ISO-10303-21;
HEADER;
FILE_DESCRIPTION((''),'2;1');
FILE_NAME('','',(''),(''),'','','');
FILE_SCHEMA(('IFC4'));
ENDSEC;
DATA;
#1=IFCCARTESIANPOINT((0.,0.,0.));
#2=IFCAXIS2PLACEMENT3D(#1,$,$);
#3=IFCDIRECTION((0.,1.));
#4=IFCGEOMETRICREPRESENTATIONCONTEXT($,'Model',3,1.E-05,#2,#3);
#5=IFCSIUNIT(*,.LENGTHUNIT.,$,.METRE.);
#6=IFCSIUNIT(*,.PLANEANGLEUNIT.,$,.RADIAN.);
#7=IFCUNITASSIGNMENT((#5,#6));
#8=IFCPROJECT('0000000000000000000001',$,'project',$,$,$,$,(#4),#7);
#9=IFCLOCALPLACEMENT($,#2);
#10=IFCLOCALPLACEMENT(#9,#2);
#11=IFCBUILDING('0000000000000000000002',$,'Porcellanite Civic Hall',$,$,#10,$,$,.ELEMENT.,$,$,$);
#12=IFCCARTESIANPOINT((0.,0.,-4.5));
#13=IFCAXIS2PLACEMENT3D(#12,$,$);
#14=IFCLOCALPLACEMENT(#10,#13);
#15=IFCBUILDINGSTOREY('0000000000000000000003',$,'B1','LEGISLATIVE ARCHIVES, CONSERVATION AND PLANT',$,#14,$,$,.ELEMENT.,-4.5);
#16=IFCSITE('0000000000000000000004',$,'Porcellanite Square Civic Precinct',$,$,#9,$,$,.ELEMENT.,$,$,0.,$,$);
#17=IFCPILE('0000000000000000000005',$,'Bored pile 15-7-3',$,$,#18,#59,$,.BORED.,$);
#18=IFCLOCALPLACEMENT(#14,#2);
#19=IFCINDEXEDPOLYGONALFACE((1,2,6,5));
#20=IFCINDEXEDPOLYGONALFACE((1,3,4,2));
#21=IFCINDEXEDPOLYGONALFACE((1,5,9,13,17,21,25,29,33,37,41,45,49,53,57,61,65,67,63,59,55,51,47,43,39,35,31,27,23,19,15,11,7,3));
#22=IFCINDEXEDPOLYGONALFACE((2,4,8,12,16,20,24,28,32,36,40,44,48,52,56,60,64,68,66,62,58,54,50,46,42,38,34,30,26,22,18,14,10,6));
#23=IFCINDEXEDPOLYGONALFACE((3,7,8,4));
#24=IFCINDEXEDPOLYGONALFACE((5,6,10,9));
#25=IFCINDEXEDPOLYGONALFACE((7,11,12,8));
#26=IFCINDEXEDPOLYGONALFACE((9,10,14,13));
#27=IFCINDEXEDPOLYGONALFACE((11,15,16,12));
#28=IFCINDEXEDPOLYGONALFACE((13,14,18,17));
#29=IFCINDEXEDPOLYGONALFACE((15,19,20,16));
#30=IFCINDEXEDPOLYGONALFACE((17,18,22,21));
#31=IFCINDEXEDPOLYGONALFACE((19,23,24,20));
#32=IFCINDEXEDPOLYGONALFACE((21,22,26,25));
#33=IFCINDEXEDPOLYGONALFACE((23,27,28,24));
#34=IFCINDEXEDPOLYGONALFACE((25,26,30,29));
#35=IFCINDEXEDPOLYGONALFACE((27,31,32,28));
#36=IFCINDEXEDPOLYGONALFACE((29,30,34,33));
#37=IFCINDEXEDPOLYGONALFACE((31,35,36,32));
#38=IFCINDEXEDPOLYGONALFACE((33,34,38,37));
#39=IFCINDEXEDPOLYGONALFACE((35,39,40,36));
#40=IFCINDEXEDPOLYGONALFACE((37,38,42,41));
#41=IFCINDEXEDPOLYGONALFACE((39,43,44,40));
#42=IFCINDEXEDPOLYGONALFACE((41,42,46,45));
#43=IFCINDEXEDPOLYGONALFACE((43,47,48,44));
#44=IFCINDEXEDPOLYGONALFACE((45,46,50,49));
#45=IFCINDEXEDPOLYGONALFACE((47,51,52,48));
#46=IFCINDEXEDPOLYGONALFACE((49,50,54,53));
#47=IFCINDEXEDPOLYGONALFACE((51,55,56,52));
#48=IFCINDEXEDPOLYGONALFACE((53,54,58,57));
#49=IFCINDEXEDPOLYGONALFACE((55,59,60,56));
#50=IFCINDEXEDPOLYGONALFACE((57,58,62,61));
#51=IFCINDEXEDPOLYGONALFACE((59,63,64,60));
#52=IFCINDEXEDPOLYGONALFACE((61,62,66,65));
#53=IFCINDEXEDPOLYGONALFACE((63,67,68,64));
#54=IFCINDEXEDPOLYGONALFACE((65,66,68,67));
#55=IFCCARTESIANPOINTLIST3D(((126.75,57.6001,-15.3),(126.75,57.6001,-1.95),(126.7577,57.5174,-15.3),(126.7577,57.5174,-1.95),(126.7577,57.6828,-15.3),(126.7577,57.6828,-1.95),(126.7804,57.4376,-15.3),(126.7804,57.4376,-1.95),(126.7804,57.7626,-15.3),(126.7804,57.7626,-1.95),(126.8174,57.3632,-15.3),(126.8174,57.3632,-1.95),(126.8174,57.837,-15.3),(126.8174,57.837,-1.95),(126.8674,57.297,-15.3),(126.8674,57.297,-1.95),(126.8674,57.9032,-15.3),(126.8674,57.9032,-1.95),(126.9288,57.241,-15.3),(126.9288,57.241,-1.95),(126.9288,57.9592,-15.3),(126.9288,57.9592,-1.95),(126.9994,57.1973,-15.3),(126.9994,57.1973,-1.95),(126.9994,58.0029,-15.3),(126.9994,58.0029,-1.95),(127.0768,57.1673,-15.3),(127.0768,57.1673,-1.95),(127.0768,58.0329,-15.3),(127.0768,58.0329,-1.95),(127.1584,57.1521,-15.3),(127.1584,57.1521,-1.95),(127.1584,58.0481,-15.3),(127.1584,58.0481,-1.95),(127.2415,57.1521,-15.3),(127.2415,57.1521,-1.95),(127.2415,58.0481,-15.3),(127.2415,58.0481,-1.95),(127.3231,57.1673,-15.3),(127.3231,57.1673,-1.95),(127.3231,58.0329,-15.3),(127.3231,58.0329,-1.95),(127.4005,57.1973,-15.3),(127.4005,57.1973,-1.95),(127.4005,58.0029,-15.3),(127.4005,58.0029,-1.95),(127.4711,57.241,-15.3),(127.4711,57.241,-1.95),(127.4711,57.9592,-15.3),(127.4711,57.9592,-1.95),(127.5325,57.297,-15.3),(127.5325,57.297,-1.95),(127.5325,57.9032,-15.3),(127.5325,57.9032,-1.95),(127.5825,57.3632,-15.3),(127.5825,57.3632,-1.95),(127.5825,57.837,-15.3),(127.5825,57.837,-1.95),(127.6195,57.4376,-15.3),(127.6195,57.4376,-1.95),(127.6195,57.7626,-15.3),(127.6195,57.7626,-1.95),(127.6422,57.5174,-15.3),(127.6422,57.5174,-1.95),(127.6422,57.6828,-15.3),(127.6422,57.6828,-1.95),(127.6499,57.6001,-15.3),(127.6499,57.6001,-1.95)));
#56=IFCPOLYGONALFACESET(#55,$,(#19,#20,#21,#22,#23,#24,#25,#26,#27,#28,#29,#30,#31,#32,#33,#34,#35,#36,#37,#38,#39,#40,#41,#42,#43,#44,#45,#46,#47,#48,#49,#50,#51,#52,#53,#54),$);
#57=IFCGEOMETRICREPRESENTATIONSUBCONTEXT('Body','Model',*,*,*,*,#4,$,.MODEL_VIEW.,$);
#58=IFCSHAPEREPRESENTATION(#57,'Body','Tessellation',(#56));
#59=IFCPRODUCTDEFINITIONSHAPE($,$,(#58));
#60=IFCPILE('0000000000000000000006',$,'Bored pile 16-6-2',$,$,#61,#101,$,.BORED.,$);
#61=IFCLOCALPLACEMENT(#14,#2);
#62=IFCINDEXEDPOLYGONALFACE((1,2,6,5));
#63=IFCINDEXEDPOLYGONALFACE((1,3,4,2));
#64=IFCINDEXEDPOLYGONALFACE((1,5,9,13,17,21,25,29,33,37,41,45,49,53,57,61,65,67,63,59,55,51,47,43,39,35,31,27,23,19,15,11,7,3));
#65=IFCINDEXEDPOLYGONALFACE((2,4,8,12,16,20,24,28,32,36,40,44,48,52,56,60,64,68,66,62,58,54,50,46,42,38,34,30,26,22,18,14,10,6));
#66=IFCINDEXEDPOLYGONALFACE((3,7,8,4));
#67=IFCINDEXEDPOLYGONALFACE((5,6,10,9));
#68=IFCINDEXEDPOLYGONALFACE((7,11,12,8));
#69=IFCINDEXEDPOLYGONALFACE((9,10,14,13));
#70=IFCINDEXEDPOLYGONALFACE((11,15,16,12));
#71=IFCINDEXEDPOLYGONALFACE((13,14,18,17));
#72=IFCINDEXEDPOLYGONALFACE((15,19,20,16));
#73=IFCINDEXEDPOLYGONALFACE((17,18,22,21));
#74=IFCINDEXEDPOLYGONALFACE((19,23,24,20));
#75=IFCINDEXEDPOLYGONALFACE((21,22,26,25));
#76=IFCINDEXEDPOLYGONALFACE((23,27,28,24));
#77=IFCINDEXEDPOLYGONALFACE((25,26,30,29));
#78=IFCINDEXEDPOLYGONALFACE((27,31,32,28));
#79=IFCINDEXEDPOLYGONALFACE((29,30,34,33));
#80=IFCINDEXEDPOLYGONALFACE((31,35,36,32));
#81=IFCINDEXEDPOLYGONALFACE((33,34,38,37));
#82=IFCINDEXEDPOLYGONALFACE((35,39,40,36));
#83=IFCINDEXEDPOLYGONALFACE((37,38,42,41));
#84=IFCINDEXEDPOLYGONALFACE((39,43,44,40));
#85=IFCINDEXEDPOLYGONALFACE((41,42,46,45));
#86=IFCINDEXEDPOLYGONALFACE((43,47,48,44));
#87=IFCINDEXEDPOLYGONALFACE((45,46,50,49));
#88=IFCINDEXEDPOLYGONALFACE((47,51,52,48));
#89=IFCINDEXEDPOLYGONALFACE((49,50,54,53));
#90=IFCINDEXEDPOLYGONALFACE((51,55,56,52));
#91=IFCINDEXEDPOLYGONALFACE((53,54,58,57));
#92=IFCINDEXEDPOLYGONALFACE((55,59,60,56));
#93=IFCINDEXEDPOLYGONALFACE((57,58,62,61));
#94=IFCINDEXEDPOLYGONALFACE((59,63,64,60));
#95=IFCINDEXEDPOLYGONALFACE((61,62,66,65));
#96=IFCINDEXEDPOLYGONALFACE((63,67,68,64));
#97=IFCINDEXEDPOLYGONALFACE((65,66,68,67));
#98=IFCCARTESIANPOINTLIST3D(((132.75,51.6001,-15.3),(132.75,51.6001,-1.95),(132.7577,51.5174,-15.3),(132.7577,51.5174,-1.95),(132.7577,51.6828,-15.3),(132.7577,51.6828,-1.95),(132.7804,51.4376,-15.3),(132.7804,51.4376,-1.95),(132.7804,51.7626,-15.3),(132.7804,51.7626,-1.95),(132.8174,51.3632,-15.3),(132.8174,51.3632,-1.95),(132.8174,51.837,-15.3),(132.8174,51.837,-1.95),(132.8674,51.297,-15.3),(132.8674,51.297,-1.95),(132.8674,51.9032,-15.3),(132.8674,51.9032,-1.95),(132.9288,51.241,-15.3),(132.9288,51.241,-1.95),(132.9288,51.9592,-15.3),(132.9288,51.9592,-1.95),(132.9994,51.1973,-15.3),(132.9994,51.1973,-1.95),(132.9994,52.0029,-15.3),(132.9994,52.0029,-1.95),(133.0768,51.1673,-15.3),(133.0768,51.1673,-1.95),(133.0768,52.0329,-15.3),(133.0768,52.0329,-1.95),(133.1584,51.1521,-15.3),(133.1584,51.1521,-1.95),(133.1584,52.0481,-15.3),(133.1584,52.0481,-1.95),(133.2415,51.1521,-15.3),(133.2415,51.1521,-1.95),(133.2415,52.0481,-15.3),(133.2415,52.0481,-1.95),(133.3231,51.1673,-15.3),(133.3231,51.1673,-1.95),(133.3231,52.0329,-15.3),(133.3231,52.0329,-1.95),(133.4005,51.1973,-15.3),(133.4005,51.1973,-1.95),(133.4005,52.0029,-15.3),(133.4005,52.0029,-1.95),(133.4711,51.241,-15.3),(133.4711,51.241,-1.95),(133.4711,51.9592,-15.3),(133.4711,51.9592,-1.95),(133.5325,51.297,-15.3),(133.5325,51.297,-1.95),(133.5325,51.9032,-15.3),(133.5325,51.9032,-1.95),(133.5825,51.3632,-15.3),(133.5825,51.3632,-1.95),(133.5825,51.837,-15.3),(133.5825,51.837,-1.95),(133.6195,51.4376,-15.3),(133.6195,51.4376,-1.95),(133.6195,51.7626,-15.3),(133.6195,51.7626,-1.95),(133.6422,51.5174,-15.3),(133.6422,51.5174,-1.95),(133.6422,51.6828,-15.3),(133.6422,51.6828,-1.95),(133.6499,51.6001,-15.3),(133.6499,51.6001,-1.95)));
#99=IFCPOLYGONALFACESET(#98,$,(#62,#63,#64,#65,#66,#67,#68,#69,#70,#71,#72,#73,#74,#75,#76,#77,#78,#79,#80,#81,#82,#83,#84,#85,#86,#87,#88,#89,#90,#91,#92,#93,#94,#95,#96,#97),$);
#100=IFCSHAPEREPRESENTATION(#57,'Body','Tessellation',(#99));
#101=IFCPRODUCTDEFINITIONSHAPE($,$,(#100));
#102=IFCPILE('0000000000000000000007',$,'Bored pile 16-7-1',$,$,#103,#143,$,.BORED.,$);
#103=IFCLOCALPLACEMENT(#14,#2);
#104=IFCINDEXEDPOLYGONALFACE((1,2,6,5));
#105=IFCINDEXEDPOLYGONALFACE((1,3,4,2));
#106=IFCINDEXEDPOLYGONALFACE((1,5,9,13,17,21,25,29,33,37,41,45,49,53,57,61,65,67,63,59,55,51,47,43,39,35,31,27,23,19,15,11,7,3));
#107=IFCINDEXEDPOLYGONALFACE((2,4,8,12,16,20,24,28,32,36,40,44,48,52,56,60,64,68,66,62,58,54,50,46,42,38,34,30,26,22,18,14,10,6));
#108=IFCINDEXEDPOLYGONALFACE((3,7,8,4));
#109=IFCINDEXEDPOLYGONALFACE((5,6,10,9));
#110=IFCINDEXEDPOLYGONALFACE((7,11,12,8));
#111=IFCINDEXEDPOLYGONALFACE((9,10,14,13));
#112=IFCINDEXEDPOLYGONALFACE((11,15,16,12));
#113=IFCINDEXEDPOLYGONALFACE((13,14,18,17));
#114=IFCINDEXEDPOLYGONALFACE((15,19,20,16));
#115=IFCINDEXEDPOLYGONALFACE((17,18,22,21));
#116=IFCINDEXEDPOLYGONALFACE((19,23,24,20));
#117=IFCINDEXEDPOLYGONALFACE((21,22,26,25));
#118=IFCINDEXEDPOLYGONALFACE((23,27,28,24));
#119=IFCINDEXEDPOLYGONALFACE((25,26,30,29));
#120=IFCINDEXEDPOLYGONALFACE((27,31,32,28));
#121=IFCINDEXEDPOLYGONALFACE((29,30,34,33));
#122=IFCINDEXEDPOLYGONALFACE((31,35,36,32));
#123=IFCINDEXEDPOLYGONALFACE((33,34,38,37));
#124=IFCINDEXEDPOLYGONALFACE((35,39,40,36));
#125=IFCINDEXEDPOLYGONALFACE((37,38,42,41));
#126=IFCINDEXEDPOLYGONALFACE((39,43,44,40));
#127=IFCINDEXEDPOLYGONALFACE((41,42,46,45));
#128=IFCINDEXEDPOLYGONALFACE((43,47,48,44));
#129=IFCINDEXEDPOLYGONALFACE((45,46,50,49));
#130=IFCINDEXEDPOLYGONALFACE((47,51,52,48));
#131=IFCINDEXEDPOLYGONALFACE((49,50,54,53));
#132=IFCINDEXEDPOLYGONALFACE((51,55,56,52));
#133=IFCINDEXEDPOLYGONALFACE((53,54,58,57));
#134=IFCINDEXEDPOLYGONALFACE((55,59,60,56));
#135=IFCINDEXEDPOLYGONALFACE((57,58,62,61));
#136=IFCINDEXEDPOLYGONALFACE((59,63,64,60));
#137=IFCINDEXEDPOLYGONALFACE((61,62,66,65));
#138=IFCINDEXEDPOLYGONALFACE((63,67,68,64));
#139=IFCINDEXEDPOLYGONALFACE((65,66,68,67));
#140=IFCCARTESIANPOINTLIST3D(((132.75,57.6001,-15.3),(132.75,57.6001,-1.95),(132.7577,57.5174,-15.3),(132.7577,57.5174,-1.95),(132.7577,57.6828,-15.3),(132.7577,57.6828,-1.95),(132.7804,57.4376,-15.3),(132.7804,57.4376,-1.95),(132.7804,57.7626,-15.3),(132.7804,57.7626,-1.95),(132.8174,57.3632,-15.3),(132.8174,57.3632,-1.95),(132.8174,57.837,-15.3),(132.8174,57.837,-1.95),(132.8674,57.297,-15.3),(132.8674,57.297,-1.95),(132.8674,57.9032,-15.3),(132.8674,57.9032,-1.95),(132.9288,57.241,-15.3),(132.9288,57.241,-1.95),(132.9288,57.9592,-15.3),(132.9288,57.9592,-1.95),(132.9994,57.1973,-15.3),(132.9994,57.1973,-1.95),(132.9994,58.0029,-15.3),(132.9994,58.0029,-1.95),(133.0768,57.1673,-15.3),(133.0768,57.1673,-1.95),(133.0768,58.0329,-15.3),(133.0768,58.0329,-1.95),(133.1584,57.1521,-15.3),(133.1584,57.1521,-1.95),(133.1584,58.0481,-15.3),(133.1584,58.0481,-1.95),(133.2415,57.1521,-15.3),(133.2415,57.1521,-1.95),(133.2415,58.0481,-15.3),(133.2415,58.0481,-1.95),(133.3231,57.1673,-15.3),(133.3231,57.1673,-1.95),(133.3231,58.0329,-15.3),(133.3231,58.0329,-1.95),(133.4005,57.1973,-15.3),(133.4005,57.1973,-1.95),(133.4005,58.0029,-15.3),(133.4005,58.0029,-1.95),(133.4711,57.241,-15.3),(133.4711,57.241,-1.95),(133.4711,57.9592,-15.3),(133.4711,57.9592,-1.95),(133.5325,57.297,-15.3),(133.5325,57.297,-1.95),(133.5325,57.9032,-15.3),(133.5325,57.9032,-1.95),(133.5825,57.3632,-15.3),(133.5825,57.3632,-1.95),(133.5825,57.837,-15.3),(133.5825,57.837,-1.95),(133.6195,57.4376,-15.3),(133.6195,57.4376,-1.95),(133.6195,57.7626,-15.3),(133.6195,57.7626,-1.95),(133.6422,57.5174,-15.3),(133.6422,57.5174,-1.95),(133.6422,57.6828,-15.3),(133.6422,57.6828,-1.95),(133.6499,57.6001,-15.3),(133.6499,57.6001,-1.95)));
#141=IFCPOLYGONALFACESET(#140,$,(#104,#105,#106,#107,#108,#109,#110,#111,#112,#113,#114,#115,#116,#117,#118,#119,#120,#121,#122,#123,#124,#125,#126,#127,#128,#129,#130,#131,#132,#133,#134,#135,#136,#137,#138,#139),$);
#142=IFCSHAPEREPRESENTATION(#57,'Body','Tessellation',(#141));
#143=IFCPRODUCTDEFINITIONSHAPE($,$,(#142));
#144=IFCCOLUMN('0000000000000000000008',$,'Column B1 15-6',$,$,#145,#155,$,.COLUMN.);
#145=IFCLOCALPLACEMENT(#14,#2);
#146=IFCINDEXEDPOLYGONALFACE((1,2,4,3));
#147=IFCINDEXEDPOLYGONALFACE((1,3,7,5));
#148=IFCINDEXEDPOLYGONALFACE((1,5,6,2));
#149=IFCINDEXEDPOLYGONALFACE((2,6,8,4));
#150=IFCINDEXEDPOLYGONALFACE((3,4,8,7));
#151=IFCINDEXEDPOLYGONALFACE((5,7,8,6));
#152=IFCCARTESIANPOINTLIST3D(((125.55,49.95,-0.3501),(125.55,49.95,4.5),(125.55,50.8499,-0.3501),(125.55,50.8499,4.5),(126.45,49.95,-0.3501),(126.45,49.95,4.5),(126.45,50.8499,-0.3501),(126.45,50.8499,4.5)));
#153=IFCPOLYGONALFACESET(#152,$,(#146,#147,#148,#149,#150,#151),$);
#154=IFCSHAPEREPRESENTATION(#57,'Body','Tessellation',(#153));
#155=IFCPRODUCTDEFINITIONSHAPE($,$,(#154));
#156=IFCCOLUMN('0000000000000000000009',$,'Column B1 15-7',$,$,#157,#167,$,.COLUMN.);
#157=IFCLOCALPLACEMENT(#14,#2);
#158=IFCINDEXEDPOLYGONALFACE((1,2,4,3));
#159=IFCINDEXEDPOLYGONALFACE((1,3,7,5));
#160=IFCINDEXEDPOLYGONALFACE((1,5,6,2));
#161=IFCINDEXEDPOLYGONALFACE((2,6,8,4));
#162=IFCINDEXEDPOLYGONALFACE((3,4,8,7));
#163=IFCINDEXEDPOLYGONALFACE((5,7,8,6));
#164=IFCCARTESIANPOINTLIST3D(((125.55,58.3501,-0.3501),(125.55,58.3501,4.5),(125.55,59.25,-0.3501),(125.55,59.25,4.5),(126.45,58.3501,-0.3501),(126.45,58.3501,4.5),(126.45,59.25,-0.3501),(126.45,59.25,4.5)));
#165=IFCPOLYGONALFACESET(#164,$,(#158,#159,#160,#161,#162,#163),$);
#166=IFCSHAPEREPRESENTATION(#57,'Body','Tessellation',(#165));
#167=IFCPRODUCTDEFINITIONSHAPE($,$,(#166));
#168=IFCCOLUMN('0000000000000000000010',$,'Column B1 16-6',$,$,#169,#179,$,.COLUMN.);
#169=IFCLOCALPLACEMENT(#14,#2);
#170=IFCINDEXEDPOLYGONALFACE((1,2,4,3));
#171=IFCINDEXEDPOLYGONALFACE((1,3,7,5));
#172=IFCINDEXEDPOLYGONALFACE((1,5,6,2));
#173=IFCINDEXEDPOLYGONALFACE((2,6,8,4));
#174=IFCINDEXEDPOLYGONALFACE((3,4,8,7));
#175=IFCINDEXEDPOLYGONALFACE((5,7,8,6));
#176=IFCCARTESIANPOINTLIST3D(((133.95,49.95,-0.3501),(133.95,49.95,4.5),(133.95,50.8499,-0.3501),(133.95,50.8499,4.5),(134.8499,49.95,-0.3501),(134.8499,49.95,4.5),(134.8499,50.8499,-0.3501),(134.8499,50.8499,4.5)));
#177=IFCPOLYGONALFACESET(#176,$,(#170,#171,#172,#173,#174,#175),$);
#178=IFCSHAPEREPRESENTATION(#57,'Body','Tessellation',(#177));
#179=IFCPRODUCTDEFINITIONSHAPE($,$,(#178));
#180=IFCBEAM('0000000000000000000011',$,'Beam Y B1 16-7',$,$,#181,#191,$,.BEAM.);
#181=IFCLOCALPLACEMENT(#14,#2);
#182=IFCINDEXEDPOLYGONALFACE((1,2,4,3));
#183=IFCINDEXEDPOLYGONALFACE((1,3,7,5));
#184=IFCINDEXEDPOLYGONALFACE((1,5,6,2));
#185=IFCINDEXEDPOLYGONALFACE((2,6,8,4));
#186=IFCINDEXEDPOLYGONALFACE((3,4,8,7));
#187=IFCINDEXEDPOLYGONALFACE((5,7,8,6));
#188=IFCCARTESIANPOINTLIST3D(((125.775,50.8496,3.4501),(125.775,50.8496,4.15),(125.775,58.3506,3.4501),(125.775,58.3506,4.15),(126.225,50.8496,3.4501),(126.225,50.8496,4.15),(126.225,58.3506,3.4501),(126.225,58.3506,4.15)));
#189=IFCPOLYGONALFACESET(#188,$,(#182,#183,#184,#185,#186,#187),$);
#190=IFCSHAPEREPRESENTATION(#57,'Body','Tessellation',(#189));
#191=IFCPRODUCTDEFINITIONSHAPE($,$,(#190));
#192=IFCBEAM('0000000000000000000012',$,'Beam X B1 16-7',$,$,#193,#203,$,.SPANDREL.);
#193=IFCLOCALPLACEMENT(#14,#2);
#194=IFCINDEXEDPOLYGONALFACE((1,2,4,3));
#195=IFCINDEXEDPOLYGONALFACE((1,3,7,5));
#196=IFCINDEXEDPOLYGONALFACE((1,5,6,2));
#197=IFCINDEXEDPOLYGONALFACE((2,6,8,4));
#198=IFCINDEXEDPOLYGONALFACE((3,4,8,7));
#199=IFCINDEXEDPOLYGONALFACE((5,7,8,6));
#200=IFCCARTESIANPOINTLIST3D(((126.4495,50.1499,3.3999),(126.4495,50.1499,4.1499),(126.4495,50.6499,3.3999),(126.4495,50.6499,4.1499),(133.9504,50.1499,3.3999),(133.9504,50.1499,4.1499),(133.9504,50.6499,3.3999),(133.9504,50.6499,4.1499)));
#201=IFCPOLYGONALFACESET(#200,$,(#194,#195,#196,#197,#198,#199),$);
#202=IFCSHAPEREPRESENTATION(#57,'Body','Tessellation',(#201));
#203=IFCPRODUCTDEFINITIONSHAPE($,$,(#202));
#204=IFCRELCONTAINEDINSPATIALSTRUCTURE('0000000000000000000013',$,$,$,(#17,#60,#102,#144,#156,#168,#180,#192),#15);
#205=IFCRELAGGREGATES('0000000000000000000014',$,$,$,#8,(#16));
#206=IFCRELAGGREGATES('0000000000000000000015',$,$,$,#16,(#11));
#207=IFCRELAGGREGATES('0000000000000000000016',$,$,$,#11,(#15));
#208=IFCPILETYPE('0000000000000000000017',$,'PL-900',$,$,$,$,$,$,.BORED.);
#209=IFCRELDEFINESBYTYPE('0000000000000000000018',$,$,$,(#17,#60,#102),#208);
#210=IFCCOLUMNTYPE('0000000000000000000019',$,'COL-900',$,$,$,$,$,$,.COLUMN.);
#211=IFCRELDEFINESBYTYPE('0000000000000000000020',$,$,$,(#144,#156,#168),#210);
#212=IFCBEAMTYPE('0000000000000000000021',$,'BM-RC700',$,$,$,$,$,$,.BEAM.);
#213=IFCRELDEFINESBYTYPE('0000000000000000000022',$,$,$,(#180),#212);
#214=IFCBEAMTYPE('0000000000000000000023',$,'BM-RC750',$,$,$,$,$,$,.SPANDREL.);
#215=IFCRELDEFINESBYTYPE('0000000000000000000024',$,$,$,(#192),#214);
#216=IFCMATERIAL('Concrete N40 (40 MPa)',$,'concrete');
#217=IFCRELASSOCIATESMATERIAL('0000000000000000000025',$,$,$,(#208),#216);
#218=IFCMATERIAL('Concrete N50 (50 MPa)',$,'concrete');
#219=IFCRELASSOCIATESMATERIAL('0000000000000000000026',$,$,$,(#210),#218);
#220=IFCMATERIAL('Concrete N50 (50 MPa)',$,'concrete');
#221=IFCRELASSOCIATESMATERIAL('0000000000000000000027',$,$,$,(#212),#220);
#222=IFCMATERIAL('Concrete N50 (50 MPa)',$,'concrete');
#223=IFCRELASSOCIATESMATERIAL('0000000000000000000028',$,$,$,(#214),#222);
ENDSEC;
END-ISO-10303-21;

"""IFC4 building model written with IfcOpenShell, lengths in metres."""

from ifc_helpers import new_model, si_unit, direction, frame, origin, origin_2d, place, context, subcontext, project, spatial, rectangle, circle, extrude, material, material_profile, profile_set, type_object, element, save


model = new_model("IFC4")

# Units and contexts
model_context = context("Model", 3, precision=1e-05, world=origin(), true_north=direction((0.0, 1.0)))
body_context = subcontext(model_context, "Body", "Model", "MODEL_VIEW")
ifc_project = project(units=[si_unit("LENGTHUNIT", "METRE"), si_unit("PLANEANGLEUNIT", "RADIAN")], contexts=[model_context])

# Site, building, storey
site_placement = place(None, origin())
site = spatial("IfcSite", under=ifc_project, at=site_placement, Name="Porcellanite Square Civic Precinct", CompositionType="ELEMENT", RefElevation=0.0)
building_placement = place(site_placement, origin())
building = spatial("IfcBuilding", under=site, at=building_placement, Name="Porcellanite Civic Hall", CompositionType="ELEMENT")
storey_placement = place(building_placement, frame((0.0, 0.0, -4.5)))
storey = spatial("IfcBuildingStorey", under=building, at=storey_placement, Name="B1", Description="LEGISLATIVE ARCHIVES, CONSERVATION AND PLANT", CompositionType="ELEMENT", Elevation=-4.5)

# Piles
ifc_material_1 = material(Name="Concrete N40 (40 MPa)", Category="concrete")
ifc_material_profile_1 = material_profile(ifc_material_1, circle(Radius=0.45, at=origin_2d()), Name="PILE-D900")
ifc_profile_set_1 = profile_set([ifc_material_profile_1], Name="Concrete N40 (40 MPa)")
pile_type = type_object("IfcPileType", Name="PL-900", PredefinedType="BORED", material=ifc_profile_set_1)
for number, where, z_axis, x_axis, name in (
    (1, (127.2, 57.6001, -1.95), (0.0, 0.0, -1.0), (1.0, 0.0, 0.0), "Bored pile 15-7-3"),
    (2, (133.2, 51.6001, -1.95), (0.0, 0.0, -1.0), (1.0, 0.0, 0.0), "Bored pile 16-6-2"),
    (3, (133.2, 57.6001, -1.95), (0.0, 0.0, -1.0), (1.0, 0.0, 0.0), "Bored pile 16-7-1"),
):
    element("IfcPile", number, at=place(storey_placement, frame(where, z_axis=z_axis, x_axis=x_axis)), inside=storey, type_object=pile_type, Name=name, PredefinedType="BORED", context=body_context, shape_type="SweptSolid", body=[
        extrude(circle(Radius=0.45, at=origin_2d()), origin(), (0.0, 0.0, 1.0), 13.3501),
    ])

# Columns
ifc_material_2 = material(Name="Concrete N50 (50 MPa)", Category="concrete")
ifc_material_profile_2 = material_profile(ifc_material_2, rectangle(XDim=0.8999, YDim=0.8999, at=origin_2d()), Name="RC-900x900")
ifc_profile_set_2 = profile_set([ifc_material_profile_2], Name="Concrete N50 (50 MPa)")
column_type = type_object("IfcColumnType", Name="COL-900", PredefinedType="COLUMN", material=ifc_profile_set_2)
for number, where, z_axis, x_axis, name in (
    (4, (126.0, 50.3999, -0.3501), (0.0, 0.0, 1.0), (1.0, 0.0, 0.0), "Column B1 15-6"),
    (5, (126.0, 58.8, -0.3501), (0.0, 0.0, 1.0), (1.0, 0.0, 0.0), "Column B1 15-7"),
    (6, (134.3999, 50.3999, -0.3501), (0.0, 0.0, 1.0), (1.0, 0.0, 0.0), "Column B1 16-6"),
):
    element("IfcColumn", number, at=place(storey_placement, frame(where, z_axis=z_axis, x_axis=x_axis)), inside=storey, type_object=column_type, Name=name, PredefinedType="COLUMN", context=body_context, shape_type="SweptSolid", body=[
        extrude(rectangle(XDim=0.8999, YDim=0.8999, at=origin_2d()), origin(), (0.0, 0.0, 1.0), 4.8501),
    ])

# Beams
ifc_material_3 = material(Name="Concrete N50 (50 MPa)", Category="concrete")
ifc_material_profile_3 = material_profile(ifc_material_3, rectangle(XDim=0.45, YDim=0.7, at=origin_2d()), Name="RC-450x700")
ifc_profile_set_3 = profile_set([ifc_material_profile_3], Name="Concrete N50 (50 MPa)")
beam_type_1 = type_object("IfcBeamType", Name="BM-RC700", PredefinedType="BEAM", material=ifc_profile_set_3)
beam_1_placement = place(storey_placement, frame((126.0, 50.8496, 3.8), z_axis=(0.0, 1.0, 0.0), x_axis=(-1.0, 0.0, 0.0)))
element("IfcBeam", 7, at=beam_1_placement, inside=storey, type_object=beam_type_1, Name="Beam Y B1 16-7", PredefinedType="BEAM", context=body_context, shape_type="SweptSolid", body=[
    extrude(rectangle(XDim=0.45, YDim=0.7, at=origin_2d()), origin(), (0.0, 0.0, 1.0), 7.501),
])
ifc_material_4 = material(Name="Concrete N50 (50 MPa)", Category="concrete")
ifc_material_profile_4 = material_profile(ifc_material_4, rectangle(XDim=0.5, YDim=0.75, at=origin_2d()), Name="RC-500x750")
ifc_profile_set_4 = profile_set([ifc_material_profile_4], Name="Concrete N50 (50 MPa)")
beam_type_2 = type_object("IfcBeamType", Name="BM-RC750", PredefinedType="SPANDREL", material=ifc_profile_set_4)
beam_2_placement = place(storey_placement, frame((126.4495, 50.3999, 3.7749), z_axis=(1.0, 0.0, 0.0), x_axis=(0.0, 1.0, 0.0)))
element("IfcBeam", 8, at=beam_2_placement, inside=storey, type_object=beam_type_2, Name="Beam X B1 16-7", PredefinedType="SPANDREL", context=body_context, shape_type="SweptSolid", body=[
    extrude(rectangle(XDim=0.5, YDim=0.75, at=origin_2d()), origin(), (0.0, 0.0, 1.0), 7.501),
])

save(model, "model.ifc")
